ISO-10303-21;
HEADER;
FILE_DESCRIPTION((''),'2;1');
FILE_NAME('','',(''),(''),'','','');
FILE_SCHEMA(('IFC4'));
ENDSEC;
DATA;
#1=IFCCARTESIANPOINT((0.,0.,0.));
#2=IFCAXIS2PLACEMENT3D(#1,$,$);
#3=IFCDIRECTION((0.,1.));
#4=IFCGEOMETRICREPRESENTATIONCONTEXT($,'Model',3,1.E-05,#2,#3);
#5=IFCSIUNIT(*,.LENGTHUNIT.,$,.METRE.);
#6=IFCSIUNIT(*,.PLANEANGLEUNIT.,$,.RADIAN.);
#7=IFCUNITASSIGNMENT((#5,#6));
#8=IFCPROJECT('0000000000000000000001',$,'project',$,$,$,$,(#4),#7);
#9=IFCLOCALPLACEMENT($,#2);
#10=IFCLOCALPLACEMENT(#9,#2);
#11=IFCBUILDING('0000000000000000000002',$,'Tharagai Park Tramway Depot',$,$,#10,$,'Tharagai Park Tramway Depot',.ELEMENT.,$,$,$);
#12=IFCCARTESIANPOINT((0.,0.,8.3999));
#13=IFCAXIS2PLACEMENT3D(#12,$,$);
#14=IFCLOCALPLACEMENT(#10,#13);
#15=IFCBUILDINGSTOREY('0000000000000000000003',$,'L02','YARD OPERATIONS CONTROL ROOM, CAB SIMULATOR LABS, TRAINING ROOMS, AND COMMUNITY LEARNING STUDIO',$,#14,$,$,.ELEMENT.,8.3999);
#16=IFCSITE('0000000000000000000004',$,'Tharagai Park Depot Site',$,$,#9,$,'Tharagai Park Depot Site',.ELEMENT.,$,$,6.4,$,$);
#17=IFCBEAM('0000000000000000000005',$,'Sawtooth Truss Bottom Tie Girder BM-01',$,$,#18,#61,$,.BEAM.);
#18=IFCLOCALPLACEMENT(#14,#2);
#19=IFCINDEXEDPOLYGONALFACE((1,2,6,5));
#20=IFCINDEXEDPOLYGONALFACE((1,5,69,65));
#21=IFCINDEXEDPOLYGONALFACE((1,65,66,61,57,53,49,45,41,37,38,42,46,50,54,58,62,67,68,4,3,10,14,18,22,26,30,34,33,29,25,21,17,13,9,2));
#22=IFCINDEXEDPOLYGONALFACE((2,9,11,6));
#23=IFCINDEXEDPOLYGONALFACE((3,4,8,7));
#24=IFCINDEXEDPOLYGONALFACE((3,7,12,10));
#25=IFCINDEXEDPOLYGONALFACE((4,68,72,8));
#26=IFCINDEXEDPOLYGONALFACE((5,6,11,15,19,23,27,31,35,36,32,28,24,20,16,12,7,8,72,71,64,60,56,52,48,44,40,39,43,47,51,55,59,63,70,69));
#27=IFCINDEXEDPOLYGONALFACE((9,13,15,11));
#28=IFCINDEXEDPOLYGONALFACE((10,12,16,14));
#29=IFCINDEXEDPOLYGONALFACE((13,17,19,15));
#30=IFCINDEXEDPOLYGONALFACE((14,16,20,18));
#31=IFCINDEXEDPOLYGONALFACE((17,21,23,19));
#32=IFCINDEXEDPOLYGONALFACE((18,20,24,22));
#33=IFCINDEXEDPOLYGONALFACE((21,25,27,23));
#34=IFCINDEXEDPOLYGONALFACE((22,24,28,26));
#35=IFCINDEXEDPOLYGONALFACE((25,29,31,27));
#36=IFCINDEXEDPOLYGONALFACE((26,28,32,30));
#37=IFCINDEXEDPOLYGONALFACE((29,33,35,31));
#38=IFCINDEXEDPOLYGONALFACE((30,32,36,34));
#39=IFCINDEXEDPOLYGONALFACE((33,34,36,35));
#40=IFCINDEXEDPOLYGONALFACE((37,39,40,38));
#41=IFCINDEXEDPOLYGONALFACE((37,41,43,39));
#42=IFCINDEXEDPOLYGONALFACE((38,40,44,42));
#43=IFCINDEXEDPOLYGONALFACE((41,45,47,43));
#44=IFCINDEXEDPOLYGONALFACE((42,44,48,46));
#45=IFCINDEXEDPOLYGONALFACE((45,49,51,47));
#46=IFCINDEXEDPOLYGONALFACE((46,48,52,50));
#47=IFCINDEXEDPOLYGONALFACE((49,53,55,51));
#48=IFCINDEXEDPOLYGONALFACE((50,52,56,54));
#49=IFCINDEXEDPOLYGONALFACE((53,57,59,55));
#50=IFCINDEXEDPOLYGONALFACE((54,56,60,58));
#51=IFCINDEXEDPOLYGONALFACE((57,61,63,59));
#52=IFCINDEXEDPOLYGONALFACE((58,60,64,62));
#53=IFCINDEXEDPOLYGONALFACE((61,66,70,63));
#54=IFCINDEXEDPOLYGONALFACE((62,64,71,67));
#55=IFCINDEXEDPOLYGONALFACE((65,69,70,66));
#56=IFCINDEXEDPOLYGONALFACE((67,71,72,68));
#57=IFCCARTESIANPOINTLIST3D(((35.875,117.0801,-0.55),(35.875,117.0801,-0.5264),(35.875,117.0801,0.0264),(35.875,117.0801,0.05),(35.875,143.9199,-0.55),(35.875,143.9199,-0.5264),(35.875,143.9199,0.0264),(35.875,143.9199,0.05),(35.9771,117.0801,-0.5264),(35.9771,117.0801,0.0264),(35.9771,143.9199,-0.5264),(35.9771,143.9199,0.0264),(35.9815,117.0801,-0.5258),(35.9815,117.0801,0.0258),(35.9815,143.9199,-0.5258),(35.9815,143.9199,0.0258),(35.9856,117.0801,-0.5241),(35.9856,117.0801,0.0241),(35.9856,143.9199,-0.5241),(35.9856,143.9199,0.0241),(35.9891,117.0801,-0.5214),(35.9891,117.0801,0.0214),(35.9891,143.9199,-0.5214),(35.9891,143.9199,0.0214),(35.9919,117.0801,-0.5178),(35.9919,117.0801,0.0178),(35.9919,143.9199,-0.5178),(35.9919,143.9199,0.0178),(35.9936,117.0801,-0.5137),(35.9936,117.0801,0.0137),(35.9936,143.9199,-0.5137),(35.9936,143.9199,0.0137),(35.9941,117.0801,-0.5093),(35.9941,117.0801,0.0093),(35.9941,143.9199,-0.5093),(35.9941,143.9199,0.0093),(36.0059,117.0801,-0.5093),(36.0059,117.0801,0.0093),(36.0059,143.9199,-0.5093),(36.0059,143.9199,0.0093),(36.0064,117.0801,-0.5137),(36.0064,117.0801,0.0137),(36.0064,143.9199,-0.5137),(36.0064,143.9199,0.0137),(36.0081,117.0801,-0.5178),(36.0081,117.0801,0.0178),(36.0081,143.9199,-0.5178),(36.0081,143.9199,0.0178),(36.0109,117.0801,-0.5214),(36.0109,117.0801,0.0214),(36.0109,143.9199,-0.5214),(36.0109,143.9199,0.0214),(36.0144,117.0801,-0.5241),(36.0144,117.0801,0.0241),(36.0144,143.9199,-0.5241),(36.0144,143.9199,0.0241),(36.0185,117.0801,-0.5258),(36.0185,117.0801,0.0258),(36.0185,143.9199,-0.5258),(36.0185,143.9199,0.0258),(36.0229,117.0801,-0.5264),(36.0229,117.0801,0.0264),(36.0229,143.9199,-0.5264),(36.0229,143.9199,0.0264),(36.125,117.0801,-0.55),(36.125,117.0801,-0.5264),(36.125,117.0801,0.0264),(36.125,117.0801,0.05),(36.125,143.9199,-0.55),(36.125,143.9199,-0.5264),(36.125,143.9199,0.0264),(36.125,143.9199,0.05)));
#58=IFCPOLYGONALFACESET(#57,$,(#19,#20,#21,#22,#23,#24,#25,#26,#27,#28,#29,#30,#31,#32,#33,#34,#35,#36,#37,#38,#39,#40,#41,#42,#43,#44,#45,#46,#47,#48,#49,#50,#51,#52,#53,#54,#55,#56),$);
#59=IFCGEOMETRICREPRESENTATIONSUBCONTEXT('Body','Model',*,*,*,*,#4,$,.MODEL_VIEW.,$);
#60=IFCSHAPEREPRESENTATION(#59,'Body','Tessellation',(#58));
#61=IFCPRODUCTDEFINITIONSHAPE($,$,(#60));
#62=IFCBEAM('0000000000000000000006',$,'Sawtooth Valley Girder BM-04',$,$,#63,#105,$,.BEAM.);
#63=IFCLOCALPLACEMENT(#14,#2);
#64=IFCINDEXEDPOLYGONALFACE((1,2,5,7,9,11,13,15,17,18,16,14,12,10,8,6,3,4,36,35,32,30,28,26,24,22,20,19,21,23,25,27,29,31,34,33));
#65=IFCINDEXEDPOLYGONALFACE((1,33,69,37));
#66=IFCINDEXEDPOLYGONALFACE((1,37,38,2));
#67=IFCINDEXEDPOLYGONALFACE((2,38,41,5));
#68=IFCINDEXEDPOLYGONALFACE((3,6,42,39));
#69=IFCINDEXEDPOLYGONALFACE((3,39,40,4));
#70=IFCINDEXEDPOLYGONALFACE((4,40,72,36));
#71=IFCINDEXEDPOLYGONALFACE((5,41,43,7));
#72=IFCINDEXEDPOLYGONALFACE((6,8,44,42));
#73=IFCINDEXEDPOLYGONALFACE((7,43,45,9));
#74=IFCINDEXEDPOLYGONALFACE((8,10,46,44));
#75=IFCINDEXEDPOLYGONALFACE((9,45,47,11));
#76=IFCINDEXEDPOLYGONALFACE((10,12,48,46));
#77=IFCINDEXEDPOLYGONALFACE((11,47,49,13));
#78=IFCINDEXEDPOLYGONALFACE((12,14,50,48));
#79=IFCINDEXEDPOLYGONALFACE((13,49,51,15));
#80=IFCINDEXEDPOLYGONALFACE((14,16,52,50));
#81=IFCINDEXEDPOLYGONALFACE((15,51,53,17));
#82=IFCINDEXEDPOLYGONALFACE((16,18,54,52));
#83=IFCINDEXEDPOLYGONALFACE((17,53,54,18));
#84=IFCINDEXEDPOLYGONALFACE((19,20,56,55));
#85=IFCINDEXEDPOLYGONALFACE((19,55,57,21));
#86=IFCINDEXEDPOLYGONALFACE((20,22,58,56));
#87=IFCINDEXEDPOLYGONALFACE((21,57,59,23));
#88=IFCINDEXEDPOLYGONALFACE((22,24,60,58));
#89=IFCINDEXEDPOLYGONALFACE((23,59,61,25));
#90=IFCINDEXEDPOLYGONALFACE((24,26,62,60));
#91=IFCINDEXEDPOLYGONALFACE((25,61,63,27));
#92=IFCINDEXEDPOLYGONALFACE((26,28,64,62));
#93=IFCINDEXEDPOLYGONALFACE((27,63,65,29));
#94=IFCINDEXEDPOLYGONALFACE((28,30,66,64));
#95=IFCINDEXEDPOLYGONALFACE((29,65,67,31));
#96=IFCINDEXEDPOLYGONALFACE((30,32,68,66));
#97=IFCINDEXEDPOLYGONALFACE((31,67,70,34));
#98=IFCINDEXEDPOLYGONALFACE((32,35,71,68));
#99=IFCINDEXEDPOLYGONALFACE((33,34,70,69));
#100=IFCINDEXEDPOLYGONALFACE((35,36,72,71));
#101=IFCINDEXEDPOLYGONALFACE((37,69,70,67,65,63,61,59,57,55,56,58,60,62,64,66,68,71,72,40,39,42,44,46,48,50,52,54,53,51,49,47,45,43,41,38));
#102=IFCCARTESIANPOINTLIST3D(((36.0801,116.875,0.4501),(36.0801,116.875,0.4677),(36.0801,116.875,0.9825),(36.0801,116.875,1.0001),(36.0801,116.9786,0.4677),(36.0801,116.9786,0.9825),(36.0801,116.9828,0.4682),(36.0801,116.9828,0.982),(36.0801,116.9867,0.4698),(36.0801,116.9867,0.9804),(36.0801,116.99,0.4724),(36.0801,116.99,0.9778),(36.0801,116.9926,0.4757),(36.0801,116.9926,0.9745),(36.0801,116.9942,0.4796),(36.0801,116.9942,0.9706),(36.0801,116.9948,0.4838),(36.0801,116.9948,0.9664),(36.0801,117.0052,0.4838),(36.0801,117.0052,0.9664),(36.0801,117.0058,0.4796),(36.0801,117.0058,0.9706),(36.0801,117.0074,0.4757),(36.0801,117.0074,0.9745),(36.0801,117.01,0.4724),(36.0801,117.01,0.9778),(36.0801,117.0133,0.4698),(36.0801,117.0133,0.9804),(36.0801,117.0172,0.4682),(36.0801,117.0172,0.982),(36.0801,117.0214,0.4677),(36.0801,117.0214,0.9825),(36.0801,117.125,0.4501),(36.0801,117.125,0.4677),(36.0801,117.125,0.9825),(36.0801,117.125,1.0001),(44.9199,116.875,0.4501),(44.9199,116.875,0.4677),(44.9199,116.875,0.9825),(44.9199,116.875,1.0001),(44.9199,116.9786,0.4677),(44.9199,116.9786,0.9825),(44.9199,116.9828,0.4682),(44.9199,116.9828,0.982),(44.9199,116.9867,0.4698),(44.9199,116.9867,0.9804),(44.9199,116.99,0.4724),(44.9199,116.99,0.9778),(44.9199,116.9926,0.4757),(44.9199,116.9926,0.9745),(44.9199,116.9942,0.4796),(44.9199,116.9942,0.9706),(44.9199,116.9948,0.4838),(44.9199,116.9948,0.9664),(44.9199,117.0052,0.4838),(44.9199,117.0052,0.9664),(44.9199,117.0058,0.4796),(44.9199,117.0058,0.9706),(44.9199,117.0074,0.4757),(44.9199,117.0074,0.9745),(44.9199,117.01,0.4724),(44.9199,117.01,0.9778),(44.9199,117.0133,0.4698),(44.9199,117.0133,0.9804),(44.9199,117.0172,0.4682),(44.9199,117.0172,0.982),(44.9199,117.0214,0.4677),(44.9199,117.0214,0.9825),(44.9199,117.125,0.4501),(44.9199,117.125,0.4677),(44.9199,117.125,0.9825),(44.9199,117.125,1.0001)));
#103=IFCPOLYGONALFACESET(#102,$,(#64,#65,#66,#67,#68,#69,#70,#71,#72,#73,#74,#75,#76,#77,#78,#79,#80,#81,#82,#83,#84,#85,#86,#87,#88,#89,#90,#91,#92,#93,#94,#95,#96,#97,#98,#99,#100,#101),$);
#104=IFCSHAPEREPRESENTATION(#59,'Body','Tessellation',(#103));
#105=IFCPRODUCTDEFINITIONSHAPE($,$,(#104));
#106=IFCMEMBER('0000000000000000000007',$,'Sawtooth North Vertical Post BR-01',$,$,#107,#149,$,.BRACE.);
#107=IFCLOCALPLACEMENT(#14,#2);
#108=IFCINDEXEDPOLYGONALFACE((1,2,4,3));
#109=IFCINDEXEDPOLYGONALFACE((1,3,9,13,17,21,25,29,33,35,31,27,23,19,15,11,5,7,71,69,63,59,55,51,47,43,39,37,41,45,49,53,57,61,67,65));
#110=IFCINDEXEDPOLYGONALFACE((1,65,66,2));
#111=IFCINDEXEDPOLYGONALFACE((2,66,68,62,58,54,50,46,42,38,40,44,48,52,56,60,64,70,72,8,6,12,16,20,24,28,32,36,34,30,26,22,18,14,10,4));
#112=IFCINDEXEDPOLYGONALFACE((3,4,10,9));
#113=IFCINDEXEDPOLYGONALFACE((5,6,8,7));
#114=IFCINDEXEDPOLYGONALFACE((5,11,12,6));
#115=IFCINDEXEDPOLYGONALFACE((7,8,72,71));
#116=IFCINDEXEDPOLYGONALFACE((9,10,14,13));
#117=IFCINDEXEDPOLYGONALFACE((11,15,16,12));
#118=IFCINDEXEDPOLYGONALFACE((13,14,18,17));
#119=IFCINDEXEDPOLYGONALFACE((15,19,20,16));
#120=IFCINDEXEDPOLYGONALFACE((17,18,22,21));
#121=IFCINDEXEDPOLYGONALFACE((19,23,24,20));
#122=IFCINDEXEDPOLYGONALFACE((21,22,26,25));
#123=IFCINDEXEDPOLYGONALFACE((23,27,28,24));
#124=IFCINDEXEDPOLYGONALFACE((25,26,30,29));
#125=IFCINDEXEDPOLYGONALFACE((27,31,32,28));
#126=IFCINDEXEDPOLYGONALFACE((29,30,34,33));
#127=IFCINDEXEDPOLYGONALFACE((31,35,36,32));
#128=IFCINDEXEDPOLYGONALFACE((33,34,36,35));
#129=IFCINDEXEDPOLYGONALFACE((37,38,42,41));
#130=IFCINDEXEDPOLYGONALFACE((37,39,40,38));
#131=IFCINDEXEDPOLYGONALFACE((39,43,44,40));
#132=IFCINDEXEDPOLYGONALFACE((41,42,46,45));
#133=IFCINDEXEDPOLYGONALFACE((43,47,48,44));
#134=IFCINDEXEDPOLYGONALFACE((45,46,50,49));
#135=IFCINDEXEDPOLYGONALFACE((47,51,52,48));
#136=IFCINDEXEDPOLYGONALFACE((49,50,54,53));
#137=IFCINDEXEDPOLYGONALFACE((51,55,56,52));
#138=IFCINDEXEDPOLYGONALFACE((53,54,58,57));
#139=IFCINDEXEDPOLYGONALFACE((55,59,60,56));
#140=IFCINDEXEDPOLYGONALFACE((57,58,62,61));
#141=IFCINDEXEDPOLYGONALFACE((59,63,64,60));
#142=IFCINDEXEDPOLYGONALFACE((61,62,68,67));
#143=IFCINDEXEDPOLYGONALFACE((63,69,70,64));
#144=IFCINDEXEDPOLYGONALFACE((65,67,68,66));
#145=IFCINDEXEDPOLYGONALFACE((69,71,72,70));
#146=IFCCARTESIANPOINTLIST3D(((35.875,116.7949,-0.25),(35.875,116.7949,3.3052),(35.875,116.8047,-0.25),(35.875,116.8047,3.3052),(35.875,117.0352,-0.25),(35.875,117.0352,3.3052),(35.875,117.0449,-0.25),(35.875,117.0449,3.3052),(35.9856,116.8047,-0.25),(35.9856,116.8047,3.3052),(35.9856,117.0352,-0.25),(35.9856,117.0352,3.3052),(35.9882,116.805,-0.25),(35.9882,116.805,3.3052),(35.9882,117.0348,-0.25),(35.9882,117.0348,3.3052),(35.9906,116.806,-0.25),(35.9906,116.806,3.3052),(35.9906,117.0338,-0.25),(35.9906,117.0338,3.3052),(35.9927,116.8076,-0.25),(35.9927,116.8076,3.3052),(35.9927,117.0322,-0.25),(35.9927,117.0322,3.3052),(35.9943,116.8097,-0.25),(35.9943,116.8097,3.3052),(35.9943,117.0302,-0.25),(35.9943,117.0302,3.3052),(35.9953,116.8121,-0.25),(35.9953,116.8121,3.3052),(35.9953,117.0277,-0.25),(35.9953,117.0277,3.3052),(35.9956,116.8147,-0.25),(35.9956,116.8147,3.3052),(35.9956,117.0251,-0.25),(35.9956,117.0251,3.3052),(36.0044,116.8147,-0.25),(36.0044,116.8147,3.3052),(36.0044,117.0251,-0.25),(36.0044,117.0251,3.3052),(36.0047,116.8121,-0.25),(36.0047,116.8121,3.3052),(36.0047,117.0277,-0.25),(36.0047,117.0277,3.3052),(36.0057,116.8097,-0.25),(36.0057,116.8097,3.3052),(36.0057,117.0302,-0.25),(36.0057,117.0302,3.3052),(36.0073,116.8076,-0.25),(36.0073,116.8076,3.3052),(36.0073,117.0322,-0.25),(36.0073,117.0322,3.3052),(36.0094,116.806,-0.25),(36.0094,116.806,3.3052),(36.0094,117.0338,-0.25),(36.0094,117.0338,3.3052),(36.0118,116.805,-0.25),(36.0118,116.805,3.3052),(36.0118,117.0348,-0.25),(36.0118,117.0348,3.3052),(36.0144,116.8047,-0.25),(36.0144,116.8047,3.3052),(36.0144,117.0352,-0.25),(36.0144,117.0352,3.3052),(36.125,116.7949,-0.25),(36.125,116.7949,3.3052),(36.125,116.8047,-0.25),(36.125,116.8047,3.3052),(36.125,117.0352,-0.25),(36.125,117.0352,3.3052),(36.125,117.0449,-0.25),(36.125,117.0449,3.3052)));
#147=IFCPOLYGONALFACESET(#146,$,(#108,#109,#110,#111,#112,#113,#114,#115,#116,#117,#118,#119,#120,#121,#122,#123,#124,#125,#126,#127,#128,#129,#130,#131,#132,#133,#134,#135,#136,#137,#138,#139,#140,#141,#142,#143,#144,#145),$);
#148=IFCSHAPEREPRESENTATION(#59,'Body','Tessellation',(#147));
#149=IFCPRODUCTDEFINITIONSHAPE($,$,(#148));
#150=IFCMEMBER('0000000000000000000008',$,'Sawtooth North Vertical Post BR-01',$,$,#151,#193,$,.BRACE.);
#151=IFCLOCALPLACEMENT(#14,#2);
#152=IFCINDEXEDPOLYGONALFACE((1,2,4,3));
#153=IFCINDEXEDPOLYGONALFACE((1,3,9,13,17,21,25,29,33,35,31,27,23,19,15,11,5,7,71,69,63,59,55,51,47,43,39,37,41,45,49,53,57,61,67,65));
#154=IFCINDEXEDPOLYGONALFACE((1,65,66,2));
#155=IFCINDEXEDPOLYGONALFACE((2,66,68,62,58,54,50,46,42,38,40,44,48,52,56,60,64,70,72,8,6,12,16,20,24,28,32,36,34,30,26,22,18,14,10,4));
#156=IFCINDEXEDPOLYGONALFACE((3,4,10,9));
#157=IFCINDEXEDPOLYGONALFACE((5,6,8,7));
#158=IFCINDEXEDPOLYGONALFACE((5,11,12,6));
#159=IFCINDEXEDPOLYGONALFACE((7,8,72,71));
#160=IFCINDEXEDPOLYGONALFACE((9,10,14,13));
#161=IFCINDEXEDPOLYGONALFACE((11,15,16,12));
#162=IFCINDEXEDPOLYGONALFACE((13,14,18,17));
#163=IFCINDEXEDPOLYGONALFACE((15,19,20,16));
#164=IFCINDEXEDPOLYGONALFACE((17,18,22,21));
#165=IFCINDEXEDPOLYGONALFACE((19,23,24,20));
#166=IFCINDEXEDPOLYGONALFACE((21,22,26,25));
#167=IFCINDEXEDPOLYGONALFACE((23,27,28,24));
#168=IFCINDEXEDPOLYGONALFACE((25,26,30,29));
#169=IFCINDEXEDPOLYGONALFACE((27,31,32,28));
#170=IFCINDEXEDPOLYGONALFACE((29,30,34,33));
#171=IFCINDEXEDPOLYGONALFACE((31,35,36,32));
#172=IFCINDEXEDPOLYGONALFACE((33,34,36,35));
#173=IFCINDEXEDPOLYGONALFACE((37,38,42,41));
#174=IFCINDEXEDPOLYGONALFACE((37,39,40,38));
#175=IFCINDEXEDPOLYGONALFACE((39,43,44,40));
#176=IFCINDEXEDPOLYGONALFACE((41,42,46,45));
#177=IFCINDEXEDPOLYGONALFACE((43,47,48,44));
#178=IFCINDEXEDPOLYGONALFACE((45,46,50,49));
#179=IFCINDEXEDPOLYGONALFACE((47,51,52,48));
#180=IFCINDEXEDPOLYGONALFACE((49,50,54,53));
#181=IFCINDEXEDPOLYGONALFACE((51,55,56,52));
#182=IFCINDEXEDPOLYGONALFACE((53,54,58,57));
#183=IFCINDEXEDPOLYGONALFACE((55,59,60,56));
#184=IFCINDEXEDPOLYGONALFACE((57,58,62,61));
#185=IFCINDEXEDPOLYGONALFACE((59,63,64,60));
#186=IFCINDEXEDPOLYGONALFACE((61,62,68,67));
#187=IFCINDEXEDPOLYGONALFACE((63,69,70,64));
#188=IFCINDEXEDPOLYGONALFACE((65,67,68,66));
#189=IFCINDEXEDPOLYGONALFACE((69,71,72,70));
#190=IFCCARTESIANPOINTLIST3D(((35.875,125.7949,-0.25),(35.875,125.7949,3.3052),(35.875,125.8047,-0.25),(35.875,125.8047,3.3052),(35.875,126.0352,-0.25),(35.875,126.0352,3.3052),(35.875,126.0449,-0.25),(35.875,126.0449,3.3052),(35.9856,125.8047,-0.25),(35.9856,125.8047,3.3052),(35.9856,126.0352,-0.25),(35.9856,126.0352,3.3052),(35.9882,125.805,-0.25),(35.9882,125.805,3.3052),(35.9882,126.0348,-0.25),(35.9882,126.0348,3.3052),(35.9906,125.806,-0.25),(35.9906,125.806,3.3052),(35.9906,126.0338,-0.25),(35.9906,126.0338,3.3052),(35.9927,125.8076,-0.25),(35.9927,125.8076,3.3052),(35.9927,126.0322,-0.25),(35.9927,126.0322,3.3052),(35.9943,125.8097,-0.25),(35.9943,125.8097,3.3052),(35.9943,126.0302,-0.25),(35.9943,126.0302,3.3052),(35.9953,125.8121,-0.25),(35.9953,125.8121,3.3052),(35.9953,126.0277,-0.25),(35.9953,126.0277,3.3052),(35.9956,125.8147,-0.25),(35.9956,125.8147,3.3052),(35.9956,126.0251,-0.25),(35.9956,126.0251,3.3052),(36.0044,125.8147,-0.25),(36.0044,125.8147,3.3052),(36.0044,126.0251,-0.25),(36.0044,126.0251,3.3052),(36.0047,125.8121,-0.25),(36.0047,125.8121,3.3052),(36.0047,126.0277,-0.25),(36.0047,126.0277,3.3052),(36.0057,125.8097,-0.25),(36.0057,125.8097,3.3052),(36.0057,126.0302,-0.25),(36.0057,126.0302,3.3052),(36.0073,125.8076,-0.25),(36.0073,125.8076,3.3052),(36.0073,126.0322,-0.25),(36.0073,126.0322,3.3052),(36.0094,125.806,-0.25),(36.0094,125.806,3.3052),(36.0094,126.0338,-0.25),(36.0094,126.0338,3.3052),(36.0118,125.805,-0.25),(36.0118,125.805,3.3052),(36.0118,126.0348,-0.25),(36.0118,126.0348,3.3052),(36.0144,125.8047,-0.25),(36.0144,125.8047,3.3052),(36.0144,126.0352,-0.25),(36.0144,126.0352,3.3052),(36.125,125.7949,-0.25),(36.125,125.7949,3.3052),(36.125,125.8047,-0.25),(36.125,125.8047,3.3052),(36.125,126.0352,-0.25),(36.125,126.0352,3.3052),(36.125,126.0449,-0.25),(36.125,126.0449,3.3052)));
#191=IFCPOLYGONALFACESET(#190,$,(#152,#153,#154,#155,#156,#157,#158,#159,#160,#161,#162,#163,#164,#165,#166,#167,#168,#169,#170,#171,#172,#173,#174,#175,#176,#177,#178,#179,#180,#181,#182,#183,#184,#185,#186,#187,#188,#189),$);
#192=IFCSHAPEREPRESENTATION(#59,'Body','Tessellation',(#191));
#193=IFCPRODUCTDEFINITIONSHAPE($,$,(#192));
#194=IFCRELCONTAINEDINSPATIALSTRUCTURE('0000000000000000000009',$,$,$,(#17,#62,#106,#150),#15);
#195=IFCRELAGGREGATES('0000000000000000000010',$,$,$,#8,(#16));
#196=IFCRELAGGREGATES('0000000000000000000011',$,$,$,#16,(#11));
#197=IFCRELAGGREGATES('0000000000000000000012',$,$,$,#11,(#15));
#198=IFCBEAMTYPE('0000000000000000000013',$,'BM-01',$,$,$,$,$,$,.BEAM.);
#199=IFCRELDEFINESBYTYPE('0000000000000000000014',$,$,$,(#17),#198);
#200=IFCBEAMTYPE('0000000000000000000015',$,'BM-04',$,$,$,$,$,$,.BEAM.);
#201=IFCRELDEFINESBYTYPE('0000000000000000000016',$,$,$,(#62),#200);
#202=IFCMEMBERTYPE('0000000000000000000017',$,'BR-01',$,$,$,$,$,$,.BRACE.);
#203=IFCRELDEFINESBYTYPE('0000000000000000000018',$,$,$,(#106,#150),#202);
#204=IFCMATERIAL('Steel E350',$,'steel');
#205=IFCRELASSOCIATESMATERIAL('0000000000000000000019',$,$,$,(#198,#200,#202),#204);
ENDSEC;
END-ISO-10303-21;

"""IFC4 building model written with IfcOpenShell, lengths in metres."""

from ifc_helpers import new_model, si_unit, direction, frame, origin, origin_2d, place, context, subcontext, project, spatial, i_section, extrude, material, material_profile, profile_set, type_object, element, save


model = new_model("IFC4")

# Units and contexts
model_context = context("Model", 3, precision=1e-05, world=origin(), true_north=direction((0.0, 1.0)))
body_context = subcontext(model_context, "Body", "Model", "MODEL_VIEW")
ifc_project = project(units=[si_unit("LENGTHUNIT", "METRE"), si_unit("PLANEANGLEUNIT", "RADIAN")], contexts=[model_context])

# Site, building, storey
site_placement = place(None, origin())
site = spatial("IfcSite", under=ifc_project, at=site_placement, Name="Tharagai Park Depot Site", LongName="Tharagai Park Depot Site", CompositionType="ELEMENT", RefElevation=6.4)
building_placement = place(site_placement, origin())
building = spatial("IfcBuilding", under=site, at=building_placement, Name="Tharagai Park Tramway Depot", LongName="Tharagai Park Tramway Depot", CompositionType="ELEMENT")
storey_placement = place(building_placement, frame((0.0, 0.0, 8.3999)))
storey = spatial("IfcBuildingStorey", under=building, at=storey_placement, Name="L02", Description="YARD OPERATIONS CONTROL ROOM, CAB SIMULATOR LABS, TRAINING ROOMS, AND COMMUNITY LEARNING STUDIO", CompositionType="ELEMENT", Elevation=8.3999)

# Beams
ifc_material_1 = material(Name="Steel E350", Category="steel")
ifc_material_profile_1 = material_profile(ifc_material_1, i_section(OverallWidth=0.25, OverallDepth=0.6001, WebThickness=0.0117, FlangeThickness=0.0237, FilletRadius=0.0171, at=origin_2d()), Name="ISWB 600")
ifc_profile_set_1 = profile_set([ifc_material_profile_1], Name="Steel E350")
beam_type_1 = type_object("IfcBeamType", Name="BM-01", PredefinedType="BEAM", material=ifc_profile_set_1)
beam_1_placement = place(storey_placement, frame((36.0, 117.0801, -0.25), z_axis=(0.0, 1.0, 0.0), x_axis=(-1.0, 0.0, 0.0)))
element("IfcBeam", 1, at=beam_1_placement, inside=storey, type_object=beam_type_1, Name="Sawtooth Truss Bottom Tie Girder BM-01", PredefinedType="BEAM", context=body_context, shape_type="SweptSolid", body=[
    extrude(i_section(OverallWidth=0.25, OverallDepth=0.6001, WebThickness=0.0117, FlangeThickness=0.0237, FilletRadius=0.0171, at=origin_2d()), origin(), (0.0, 0.0, 1.0), 26.8398),
])
ifc_material_profile_2 = material_profile(ifc_material_1, i_section(OverallWidth=0.25, OverallDepth=0.55, WebThickness=0.0105, FlangeThickness=0.0176, FilletRadius=0.0161, at=origin_2d()), Name="ISWB 550")
ifc_profile_set_2 = profile_set([ifc_material_profile_2], Name="Steel E350")
beam_type_2 = type_object("IfcBeamType", Name="BM-04", PredefinedType="BEAM", material=ifc_profile_set_2)
beam_2_placement = place(storey_placement, frame((36.0801, 117.0, 0.7251), z_axis=(1.0, 0.0, 0.0), x_axis=(0.0, 1.0, 0.0)))
element("IfcBeam", 2, at=beam_2_placement, inside=storey, type_object=beam_type_2, Name="Sawtooth Valley Girder BM-04", PredefinedType="BEAM", context=body_context, shape_type="SweptSolid", body=[
    extrude(i_section(OverallWidth=0.25, OverallDepth=0.55, WebThickness=0.0105, FlangeThickness=0.0176, FilletRadius=0.0161, at=origin_2d()), origin(), (0.0, 0.0, 1.0), 8.8398),
])

# Members
ifc_material_profile_3 = material_profile(ifc_material_1, i_section(OverallWidth=0.25, OverallDepth=0.25, WebThickness=0.0088, FlangeThickness=0.0098, FilletRadius=0.01, at=origin_2d()), Name="ISHB 250")
ifc_profile_set_3 = profile_set([ifc_material_profile_3], Name="Steel E350")
member_type_1 = type_object("IfcMemberType", Name="BR-01", PredefinedType="BRACE", material=ifc_profile_set_3)
for number, where, z_axis, x_axis, name in (
    (3, (36.0, 116.9199, -0.25), (0.0, 0.0, 1.0), (1.0, 0.0, 0.0), "Sawtooth North Vertical Post BR-01"),
    (4, (36.0, 125.9199, -0.25), (0.0, 0.0, 1.0), (1.0, 0.0, 0.0), "Sawtooth North Vertical Post BR-01"),
):
    element("IfcMember", number, at=place(storey_placement, frame(where, z_axis=z_axis, x_axis=x_axis)), inside=storey, type_object=member_type_1, Name=name, PredefinedType="BRACE", context=body_context, shape_type="SweptSolid", body=[
        extrude(i_section(OverallWidth=0.25, OverallDepth=0.25, WebThickness=0.0088, FlangeThickness=0.0098, FilletRadius=0.01, at=origin_2d()), origin(), (0.0, 0.0, 1.0), 3.5552),
    ])

save(model, "model.ifc")
